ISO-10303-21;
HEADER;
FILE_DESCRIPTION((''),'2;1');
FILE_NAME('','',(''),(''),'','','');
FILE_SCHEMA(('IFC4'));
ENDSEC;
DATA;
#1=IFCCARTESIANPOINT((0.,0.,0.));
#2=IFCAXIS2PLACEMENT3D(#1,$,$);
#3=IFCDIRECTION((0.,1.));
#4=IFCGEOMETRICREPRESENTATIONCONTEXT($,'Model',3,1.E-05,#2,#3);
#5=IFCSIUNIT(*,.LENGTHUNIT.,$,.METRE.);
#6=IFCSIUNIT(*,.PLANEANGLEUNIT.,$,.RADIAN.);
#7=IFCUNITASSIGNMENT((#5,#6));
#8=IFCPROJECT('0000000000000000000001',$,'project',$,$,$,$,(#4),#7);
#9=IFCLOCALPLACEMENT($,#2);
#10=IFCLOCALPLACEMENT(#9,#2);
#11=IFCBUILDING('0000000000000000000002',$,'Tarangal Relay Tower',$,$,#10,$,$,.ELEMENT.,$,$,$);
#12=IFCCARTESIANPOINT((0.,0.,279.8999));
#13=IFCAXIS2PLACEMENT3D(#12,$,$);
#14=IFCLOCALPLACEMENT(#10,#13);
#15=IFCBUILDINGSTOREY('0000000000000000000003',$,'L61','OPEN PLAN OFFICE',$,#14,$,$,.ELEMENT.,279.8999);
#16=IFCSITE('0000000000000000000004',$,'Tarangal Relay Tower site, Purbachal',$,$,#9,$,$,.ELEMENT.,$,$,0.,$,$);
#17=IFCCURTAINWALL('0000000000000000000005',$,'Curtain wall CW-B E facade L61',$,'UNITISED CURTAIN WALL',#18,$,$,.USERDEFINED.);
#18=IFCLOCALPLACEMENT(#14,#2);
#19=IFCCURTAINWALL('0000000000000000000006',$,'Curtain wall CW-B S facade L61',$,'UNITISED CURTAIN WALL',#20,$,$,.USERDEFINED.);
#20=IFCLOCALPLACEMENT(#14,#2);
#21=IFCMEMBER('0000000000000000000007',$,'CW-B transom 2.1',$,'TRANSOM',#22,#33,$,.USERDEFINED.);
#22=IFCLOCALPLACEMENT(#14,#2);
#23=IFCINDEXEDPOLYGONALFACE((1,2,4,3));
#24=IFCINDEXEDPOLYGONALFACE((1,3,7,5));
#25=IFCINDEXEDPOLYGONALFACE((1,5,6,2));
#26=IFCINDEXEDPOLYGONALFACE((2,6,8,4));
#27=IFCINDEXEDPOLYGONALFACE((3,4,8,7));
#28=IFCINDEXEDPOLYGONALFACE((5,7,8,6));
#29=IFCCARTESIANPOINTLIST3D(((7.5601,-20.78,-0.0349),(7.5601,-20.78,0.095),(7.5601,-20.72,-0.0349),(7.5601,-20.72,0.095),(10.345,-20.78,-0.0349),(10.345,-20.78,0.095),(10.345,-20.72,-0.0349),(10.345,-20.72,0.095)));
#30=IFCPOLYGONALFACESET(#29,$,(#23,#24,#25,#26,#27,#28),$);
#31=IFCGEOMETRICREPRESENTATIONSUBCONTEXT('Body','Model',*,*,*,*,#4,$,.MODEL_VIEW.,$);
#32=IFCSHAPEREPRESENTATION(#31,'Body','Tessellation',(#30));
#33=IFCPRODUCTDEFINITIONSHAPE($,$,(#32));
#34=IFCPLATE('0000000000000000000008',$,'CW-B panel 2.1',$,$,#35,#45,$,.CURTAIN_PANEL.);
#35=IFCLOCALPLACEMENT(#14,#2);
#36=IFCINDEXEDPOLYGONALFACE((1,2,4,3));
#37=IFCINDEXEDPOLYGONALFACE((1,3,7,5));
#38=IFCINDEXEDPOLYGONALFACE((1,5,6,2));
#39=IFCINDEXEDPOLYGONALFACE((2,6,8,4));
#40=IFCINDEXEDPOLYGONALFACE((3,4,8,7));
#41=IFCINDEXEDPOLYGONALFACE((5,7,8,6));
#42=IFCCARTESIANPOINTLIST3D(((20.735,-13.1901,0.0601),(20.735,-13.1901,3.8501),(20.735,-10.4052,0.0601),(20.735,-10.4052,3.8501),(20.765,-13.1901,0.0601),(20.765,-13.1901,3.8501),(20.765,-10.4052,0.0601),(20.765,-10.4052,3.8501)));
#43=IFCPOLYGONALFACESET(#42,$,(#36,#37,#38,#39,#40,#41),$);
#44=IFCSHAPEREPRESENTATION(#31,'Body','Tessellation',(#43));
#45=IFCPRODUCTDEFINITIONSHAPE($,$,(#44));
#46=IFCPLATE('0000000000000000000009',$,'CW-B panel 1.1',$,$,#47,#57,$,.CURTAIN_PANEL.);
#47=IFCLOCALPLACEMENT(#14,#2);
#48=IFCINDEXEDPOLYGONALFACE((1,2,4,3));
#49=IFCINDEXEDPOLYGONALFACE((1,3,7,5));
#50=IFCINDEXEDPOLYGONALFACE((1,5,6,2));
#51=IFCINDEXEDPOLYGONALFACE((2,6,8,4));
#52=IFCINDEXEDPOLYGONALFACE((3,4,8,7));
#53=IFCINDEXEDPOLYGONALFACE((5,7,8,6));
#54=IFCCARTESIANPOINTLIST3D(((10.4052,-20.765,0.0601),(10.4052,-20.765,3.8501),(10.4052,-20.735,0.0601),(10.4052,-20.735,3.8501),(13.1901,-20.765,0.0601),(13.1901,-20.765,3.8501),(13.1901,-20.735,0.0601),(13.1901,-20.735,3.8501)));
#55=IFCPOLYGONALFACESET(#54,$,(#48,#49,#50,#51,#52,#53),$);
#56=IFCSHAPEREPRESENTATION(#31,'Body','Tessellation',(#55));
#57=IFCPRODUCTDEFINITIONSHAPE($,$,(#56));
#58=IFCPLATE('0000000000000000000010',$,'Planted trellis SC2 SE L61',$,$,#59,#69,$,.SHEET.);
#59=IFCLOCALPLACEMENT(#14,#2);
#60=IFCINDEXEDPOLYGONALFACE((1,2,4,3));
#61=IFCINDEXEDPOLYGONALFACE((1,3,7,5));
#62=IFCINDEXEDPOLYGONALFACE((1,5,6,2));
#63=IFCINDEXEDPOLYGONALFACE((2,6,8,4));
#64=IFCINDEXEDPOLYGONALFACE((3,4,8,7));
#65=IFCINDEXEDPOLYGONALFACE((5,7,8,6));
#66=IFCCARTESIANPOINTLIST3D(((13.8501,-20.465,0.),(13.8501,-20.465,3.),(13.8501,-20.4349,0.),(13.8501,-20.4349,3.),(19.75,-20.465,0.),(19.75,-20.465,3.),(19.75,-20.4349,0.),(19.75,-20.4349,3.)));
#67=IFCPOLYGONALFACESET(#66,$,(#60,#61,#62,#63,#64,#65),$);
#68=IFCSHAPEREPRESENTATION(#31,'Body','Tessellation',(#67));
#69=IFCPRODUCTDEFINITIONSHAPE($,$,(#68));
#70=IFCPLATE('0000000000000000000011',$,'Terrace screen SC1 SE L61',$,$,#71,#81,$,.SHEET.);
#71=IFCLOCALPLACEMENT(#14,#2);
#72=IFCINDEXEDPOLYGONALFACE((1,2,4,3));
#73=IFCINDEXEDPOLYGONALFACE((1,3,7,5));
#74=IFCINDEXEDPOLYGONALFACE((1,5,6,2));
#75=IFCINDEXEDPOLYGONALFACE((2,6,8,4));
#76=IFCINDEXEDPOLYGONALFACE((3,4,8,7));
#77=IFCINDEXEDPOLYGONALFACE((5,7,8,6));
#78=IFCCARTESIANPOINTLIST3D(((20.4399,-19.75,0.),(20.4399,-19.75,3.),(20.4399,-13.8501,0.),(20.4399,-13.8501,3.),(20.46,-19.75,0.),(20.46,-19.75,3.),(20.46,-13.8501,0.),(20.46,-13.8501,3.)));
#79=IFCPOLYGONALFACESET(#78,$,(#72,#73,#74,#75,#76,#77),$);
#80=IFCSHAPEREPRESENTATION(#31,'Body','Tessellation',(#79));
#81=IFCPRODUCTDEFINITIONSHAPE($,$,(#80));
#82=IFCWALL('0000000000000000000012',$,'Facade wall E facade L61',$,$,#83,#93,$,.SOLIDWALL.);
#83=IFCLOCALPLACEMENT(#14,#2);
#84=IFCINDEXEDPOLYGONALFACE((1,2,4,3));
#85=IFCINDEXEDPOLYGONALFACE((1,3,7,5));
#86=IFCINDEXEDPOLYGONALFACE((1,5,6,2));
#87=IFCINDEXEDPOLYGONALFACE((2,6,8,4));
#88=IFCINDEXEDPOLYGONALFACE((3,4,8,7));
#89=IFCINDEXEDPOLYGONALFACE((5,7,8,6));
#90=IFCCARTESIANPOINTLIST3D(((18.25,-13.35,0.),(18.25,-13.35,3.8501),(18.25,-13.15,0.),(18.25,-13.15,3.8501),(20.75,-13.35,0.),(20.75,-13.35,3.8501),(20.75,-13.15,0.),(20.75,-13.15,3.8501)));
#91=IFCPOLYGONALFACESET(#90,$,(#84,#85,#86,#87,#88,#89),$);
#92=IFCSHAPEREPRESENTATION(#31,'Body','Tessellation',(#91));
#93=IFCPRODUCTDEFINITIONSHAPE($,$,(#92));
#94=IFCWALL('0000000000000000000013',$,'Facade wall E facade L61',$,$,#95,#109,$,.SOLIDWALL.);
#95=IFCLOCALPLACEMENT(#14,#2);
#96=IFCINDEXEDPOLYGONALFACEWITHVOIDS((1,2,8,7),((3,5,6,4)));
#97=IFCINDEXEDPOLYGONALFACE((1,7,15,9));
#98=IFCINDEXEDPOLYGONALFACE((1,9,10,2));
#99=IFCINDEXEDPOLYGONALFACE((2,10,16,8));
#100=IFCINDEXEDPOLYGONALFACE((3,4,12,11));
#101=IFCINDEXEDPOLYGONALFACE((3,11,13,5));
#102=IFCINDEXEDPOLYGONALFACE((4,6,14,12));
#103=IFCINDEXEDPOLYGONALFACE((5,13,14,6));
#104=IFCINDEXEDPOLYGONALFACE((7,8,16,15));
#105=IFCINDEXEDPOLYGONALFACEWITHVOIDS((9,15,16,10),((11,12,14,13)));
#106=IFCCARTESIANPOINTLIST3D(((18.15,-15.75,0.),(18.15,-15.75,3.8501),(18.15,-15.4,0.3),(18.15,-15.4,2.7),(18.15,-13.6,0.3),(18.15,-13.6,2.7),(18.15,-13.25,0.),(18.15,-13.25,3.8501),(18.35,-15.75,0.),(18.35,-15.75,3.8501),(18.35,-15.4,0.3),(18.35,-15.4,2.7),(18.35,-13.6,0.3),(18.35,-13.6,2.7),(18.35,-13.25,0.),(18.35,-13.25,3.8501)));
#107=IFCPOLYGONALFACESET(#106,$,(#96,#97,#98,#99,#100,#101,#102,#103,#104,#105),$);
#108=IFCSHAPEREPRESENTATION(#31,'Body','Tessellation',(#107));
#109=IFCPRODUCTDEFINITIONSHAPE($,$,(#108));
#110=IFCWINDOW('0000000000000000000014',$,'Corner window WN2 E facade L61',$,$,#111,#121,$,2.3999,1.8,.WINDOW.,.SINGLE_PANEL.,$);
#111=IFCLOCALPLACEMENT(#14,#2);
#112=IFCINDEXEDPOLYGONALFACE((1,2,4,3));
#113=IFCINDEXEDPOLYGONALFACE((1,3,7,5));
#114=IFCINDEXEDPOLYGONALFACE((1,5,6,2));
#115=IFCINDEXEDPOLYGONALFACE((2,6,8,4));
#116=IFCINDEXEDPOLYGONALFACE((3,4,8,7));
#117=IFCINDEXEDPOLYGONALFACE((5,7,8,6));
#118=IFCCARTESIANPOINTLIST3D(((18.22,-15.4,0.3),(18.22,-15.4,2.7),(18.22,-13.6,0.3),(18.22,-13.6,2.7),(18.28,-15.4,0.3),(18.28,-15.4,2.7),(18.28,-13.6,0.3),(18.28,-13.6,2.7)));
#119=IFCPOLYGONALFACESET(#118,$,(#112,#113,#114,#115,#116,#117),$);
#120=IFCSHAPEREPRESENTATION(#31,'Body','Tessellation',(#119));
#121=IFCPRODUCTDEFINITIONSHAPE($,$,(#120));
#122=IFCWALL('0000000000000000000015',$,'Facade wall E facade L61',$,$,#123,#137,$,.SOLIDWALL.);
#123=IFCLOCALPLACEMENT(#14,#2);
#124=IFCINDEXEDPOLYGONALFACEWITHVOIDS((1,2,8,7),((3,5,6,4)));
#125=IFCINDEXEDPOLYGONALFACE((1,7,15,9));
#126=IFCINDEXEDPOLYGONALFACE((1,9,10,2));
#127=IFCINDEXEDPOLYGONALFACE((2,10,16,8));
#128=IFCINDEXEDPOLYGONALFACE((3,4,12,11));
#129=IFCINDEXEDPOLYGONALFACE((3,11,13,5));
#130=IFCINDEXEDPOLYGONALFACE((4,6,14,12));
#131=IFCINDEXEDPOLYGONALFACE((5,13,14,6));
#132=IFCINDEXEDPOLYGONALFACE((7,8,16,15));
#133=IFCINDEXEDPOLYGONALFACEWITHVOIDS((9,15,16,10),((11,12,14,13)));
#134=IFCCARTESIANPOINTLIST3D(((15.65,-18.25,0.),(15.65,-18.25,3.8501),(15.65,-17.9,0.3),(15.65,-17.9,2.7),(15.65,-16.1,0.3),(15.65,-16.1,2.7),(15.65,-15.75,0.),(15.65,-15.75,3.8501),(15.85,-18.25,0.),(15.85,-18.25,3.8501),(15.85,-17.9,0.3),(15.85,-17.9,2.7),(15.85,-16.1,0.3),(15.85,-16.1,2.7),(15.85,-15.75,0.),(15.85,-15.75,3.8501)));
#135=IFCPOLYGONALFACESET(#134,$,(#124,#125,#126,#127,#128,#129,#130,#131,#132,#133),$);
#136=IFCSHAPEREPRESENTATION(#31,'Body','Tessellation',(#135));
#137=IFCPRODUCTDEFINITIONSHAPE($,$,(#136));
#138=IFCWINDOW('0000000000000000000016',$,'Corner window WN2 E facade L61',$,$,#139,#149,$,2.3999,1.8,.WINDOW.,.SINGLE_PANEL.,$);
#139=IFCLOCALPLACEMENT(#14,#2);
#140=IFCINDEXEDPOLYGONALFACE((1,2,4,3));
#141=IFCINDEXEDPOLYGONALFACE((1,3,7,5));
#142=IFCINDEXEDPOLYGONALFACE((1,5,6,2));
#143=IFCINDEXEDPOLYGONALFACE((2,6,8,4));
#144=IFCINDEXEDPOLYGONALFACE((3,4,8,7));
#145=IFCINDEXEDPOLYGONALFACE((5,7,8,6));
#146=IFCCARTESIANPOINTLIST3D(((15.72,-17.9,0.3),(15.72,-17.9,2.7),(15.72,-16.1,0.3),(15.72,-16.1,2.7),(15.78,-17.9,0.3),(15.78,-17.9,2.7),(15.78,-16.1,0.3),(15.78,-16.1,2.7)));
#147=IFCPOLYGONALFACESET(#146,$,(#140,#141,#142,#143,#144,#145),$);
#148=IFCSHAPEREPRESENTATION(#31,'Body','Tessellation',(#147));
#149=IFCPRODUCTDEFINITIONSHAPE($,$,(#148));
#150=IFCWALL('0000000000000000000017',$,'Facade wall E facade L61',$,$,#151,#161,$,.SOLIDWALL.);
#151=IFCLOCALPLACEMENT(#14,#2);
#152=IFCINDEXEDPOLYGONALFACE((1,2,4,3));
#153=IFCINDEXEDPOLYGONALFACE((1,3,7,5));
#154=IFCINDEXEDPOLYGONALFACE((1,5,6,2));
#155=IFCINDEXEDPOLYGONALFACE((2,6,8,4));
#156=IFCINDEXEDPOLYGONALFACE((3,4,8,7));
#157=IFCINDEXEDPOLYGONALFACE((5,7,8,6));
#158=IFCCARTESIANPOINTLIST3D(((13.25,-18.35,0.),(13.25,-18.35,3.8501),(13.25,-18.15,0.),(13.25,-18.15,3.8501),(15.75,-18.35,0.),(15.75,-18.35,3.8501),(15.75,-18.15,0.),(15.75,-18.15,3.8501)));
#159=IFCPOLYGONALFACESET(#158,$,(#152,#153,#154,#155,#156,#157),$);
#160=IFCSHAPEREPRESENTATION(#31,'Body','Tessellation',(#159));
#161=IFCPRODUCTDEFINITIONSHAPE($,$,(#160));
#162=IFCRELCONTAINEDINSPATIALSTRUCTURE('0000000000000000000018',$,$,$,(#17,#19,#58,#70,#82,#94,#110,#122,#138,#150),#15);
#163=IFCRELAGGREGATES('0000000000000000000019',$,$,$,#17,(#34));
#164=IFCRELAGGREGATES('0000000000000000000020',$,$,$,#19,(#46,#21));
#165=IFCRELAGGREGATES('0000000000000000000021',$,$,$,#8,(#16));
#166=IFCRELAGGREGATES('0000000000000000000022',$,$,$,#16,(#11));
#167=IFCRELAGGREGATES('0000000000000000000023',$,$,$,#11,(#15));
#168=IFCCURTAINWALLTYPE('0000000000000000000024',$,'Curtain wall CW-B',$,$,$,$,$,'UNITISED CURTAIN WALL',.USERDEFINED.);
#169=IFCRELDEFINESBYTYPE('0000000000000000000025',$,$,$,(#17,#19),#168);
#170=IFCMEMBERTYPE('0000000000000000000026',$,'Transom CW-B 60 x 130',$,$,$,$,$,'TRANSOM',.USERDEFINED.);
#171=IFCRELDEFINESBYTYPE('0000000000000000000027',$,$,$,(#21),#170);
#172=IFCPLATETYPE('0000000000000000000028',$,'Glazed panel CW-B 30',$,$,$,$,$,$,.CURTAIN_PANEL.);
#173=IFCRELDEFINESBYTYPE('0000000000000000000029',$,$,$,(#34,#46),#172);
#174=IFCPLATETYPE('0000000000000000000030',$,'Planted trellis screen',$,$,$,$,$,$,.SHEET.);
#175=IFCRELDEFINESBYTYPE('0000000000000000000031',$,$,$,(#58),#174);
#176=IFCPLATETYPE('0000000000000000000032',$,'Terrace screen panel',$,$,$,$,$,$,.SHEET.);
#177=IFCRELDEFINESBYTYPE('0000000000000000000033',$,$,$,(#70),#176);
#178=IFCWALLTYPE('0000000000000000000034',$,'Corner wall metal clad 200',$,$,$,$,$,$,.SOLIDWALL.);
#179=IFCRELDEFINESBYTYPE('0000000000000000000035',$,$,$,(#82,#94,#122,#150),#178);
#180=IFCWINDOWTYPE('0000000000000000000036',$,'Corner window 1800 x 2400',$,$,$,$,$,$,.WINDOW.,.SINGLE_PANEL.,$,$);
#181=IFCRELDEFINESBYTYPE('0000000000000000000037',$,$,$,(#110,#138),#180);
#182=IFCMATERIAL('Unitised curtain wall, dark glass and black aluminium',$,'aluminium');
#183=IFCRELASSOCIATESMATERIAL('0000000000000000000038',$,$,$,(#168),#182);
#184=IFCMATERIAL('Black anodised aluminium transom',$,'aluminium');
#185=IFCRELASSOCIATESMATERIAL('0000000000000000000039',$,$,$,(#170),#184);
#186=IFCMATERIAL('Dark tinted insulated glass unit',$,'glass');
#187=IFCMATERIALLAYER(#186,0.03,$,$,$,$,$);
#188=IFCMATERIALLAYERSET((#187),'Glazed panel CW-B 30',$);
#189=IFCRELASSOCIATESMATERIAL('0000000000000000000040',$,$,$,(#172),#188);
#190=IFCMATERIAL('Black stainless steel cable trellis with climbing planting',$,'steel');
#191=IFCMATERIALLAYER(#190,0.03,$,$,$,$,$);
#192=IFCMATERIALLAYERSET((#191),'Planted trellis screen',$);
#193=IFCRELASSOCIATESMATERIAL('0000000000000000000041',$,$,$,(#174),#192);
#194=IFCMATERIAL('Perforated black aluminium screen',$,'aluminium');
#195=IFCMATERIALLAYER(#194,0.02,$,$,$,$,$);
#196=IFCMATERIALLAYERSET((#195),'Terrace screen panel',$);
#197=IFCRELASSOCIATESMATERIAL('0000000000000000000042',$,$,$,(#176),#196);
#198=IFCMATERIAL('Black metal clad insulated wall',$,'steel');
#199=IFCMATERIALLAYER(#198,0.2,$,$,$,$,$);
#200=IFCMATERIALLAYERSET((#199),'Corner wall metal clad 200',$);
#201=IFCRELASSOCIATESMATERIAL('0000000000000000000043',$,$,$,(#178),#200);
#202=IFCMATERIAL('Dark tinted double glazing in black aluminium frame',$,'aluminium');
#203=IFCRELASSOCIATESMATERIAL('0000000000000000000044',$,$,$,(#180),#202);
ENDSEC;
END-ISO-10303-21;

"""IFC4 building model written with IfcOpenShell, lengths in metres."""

from ifc_helpers import new_model, si_unit, direction, frame, frame_2d, origin, origin_2d, place, context, subcontext, project, spatial, rectangle, extrude, material, layer, layer_set, material_profile, profile_set, type_object, element, fill, aggregate, save


model = new_model("IFC4")

# Units and contexts
model_context = context("Model", 3, precision=1e-05, world=origin(), true_north=direction((0.0, 1.0)))
body_context = subcontext(model_context, "Body", "Model", "MODEL_VIEW")
ifc_project = project(units=[si_unit("LENGTHUNIT", "METRE"), si_unit("PLANEANGLEUNIT", "RADIAN")], contexts=[model_context])

# Site, building, storey
site_placement = place(None, origin())
site = spatial("IfcSite", under=ifc_project, at=site_placement, Name="Tarangal Relay Tower site, Purbachal", CompositionType="ELEMENT", RefElevation=0.0)
building_placement = place(site_placement, origin())
building = spatial("IfcBuilding", under=site, at=building_placement, Name="Tarangal Relay Tower", CompositionType="ELEMENT")
storey_placement = place(building_placement, frame((0.0, 0.0, 279.8999)))
storey = spatial("IfcBuildingStorey", under=building, at=storey_placement, Name="L61", Description="OPEN PLAN OFFICE", CompositionType="ELEMENT", Elevation=279.8999)

# Curtain wall
ifc_material_1 = material(Name="Unitised curtain wall, dark glass and black aluminium", Category="aluminium")
curtain_wall_type = type_object("IfcCurtainWallType", Name="Curtain wall CW-B", ElementType="UNITISED CURTAIN WALL", PredefinedType="USERDEFINED", material=ifc_material_1)
curtain_wall_1_placement = place(storey_placement, origin())
curtain_wall_1 = element("IfcCurtainWall", 1, at=curtain_wall_1_placement, inside=storey, type_object=curtain_wall_type, Name="Curtain wall CW-B E facade L61", ObjectType="UNITISED CURTAIN WALL", PredefinedType="USERDEFINED")

# Curtain wall, member
curtain_wall_2_placement = place(storey_placement, origin())
curtain_wall_2 = element("IfcCurtainWall", 2, at=curtain_wall_2_placement, inside=storey, type_object=curtain_wall_type, Name="Curtain wall CW-B S facade L61", ObjectType="UNITISED CURTAIN WALL", PredefinedType="USERDEFINED")
ifc_material_2 = material(Name="Black anodised aluminium transom", Category="aluminium")
ifc_material_profile_1 = material_profile(ifc_material_2, rectangle(XDim=0.0601, YDim=0.1299, at=origin_2d()), Name="CW-BT 60X130")
ifc_profile_set_1 = profile_set([ifc_material_profile_1], Name="Black anodised aluminium transom")
member_type_1 = type_object("IfcMemberType", Name="Transom CW-B 60 x 130", ElementType="TRANSOM", PredefinedType="USERDEFINED", material=ifc_profile_set_1)
member_1_placement = place(storey_placement, frame((10.345, -20.75, 0.03), z_axis=(-1.0, 0.0, 0.0), x_axis=(0.0, -1.0, 0.0)))
member_1 = element("IfcMember", 3, at=member_1_placement, type_object=member_type_1, Name="CW-B transom 2.1", ObjectType="TRANSOM", PredefinedType="USERDEFINED", context=body_context, shape_type="SweptSolid", body=[
    extrude(rectangle(XDim=0.0601, YDim=0.1299, at=origin_2d()), origin(), (0.0, 0.0, 1.0), 2.7849),
])

# Plates
ifc_material_3 = material(Name="Dark tinted insulated glass unit", Category="glass")
ifc_layer_1 = layer(ifc_material_3, 0.03)
ifc_layer_set_1 = layer_set([ifc_layer_1], Name="Glazed panel CW-B 30")
plate_type_1 = type_object("IfcPlateType", Name="Glazed panel CW-B 30", PredefinedType="CURTAIN_PANEL", material=ifc_layer_set_1)
plate_1_placement = place(storey_placement, frame((20.75, -11.7976, 0.0601), z_axis=(0.0, 0.0, 1.0), x_axis=(0.0, -1.0, 0.0)))
plate_1 = element("IfcPlate", 4, at=plate_1_placement, type_object=plate_type_1, Name="CW-B panel 2.1", PredefinedType="CURTAIN_PANEL", context=body_context, shape_type="SweptSolid", body=[
    extrude(rectangle(XDim=2.7849, YDim=0.03, at=origin_2d()), origin(), (0.0, 0.0, 1.0), 3.79),
])
aggregate(curtain_wall_1, [plate_1])
plate_2_placement = place(storey_placement, frame((11.7976, -20.75, 0.0601), z_axis=(0.0, 0.0, 1.0), x_axis=(-1.0, 0.0, 0.0)))
plate_2 = element("IfcPlate", 5, at=plate_2_placement, type_object=plate_type_1, Name="CW-B panel 1.1", PredefinedType="CURTAIN_PANEL", context=body_context, shape_type="SweptSolid", body=[
    extrude(rectangle(XDim=2.7849, YDim=0.03, at=origin_2d()), origin(), (0.0, 0.0, 1.0), 3.79),
])
aggregate(curtain_wall_2, [plate_2, member_1])

# Plates
ifc_material_4 = material(Name="Black stainless steel cable trellis with climbing planting", Category="steel")
ifc_layer_2 = layer(ifc_material_4, 0.03)
ifc_layer_set_2 = layer_set([ifc_layer_2], Name="Planted trellis screen")
plate_type_2 = type_object("IfcPlateType", Name="Planted trellis screen", PredefinedType="SHEET", material=ifc_layer_set_2)
plate_3_placement = place(storey_placement, frame((16.8, -20.45, 0.0), z_axis=(0.0, 0.0, 1.0), x_axis=(-1.0, 0.0, 0.0)))
element("IfcPlate", 6, at=plate_3_placement, inside=storey, type_object=plate_type_2, Name="Planted trellis SC2 SE L61", PredefinedType="SHEET", context=body_context, shape_type="SweptSolid", body=[
    extrude(rectangle(XDim=5.8999, YDim=0.03, at=origin_2d()), origin(), (0.0, 0.0, 1.0), 3.0),
])
ifc_material_5 = material(Name="Perforated black aluminium screen", Category="aluminium")
ifc_layer_3 = layer(ifc_material_5, 0.02)
ifc_layer_set_3 = layer_set([ifc_layer_3], Name="Terrace screen panel")
plate_type_3 = type_object("IfcPlateType", Name="Terrace screen panel", PredefinedType="SHEET", material=ifc_layer_set_3)
plate_4_placement = place(storey_placement, frame((20.45, -16.8, 0.0), z_axis=(0.0, 0.0, 1.0), x_axis=(0.0, -1.0, 0.0)))
element("IfcPlate", 7, at=plate_4_placement, inside=storey, type_object=plate_type_3, Name="Terrace screen SC1 SE L61", PredefinedType="SHEET", context=body_context, shape_type="SweptSolid", body=[
    extrude(rectangle(XDim=5.8999, YDim=0.02, at=origin_2d()), origin(), (0.0, 0.0, 1.0), 3.0),
])

# Wall
ifc_material_6 = material(Name="Black metal clad insulated wall", Category="steel")
ifc_layer_4 = layer(ifc_material_6, 0.2)
ifc_layer_set_4 = layer_set([ifc_layer_4], Name="Corner wall metal clad 200")
wall_type_1 = type_object("IfcWallType", Name="Corner wall metal clad 200", PredefinedType="SOLIDWALL", material=ifc_layer_set_4)
wall_1_placement = place(storey_placement, frame((20.75, -13.25, 0.0), z_axis=(0.0, 0.0, 1.0), x_axis=(-1.0, 0.0, 0.0)))
element("IfcWall", 8, at=wall_1_placement, inside=storey, type_object=wall_type_1, Name="Facade wall E facade L61", PredefinedType="SOLIDWALL", context=body_context, shape_type="SweptSolid", body=[
    extrude(rectangle(XDim=2.5, YDim=0.2, at=frame_2d((1.25, 0.0))), origin(), (0.0, 0.0, 1.0), 3.8501),
])

# Wall, opening, window
wall_2_placement = place(storey_placement, frame((18.25, -13.25, 0.0), z_axis=(0.0, 0.0, 1.0), x_axis=(0.0, -1.0, 0.0)))
wall_2 = element("IfcWall", 9, at=wall_2_placement, inside=storey, type_object=wall_type_1, Name="Facade wall E facade L61", PredefinedType="SOLIDWALL", context=body_context, shape_type="SweptSolid", body=[
    extrude(rectangle(XDim=2.5, YDim=0.2, at=frame_2d((1.25, 0.0))), origin(), (0.0, 0.0, 1.0), 3.8501),
])
opening_1_placement = place(wall_2_placement, frame((0.3501, 0.0, 0.3)))
opening_1 = element("IfcOpeningElement", 10, at=opening_1_placement, cuts=wall_2, PredefinedType="OPENING", context=body_context, shape_type="SweptSolid", body=[
    extrude(rectangle(XDim=1.8, YDim=2.3999, at=frame_2d((0.8999, 1.2))), frame((0.0, 0.1099, 0.0), z_axis=(0.0, -1.0, 0.0), x_axis=(1.0, 0.0, 0.0)), (0.0, 0.0, 1.0), 0.22),
])
ifc_material_7 = material(Name="Dark tinted double glazing in black aluminium frame", Category="aluminium")
window_type = type_object("IfcWindowType", Name="Corner window 1800 x 2400", PartitioningType="SINGLE_PANEL", PredefinedType="WINDOW", material=ifc_material_7)
window_1_placement = place(opening_1_placement, origin())
window_1 = element("IfcWindow", 11, at=window_1_placement, inside=storey, type_object=window_type, Name="Corner window WN2 E facade L61", OverallHeight=2.3999, OverallWidth=1.8, PartitioningType="SINGLE_PANEL", PredefinedType="WINDOW", context=body_context, shape_type="SweptSolid", body=[
    extrude(rectangle(XDim=1.8, YDim=2.3999, at=frame_2d((0.8999, 1.2))), frame((0.0, 0.03, 0.0), z_axis=(0.0, -1.0, 0.0), x_axis=(1.0, 0.0, 0.0)), (0.0, 0.0, 1.0), 0.0601),
])
fill(opening_1, window_1)

# Wall, opening, window
wall_3_placement = place(storey_placement, frame((15.75, -15.75, 0.0), z_axis=(0.0, 0.0, 1.0), x_axis=(0.0, -1.0, 0.0)))
wall_3 = element("IfcWall", 12, at=wall_3_placement, inside=storey, type_object=wall_type_1, Name="Facade wall E facade L61", PredefinedType="SOLIDWALL", context=body_context, shape_type="SweptSolid", body=[
    extrude(rectangle(XDim=2.5, YDim=0.2, at=frame_2d((1.25, 0.0))), origin(), (0.0, 0.0, 1.0), 3.8501),
])
opening_2_placement = place(wall_3_placement, frame((0.3501, 0.0, 0.3)))
opening_2 = element("IfcOpeningElement", 13, at=opening_2_placement, cuts=wall_3, PredefinedType="OPENING", context=body_context, shape_type="SweptSolid", body=[
    extrude(rectangle(XDim=1.8, YDim=2.3999, at=frame_2d((0.8999, 1.2))), frame((0.0, 0.1099, 0.0), z_axis=(0.0, -1.0, 0.0), x_axis=(1.0, 0.0, 0.0)), (0.0, 0.0, 1.0), 0.22),
])
window_2_placement = place(opening_2_placement, origin())
window_2 = element("IfcWindow", 14, at=window_2_placement, inside=storey, type_object=window_type, Name="Corner window WN2 E facade L61", OverallHeight=2.3999, OverallWidth=1.8, PartitioningType="SINGLE_PANEL", PredefinedType="WINDOW", context=body_context, shape_type="SweptSolid", body=[
    extrude(rectangle(XDim=1.8, YDim=2.3999, at=frame_2d((0.8999, 1.2))), frame((0.0, 0.03, 0.0), z_axis=(0.0, -1.0, 0.0), x_axis=(1.0, 0.0, 0.0)), (0.0, 0.0, 1.0), 0.0601),
])
fill(opening_2, window_2)

# Wall
wall_4_placement = place(storey_placement, frame((15.75, -18.25, 0.0), z_axis=(0.0, 0.0, 1.0), x_axis=(-1.0, 0.0, 0.0)))
element("IfcWall", 15, at=wall_4_placement, inside=storey, type_object=wall_type_1, Name="Facade wall E facade L61", PredefinedType="SOLIDWALL", context=body_context, shape_type="SweptSolid", body=[
    extrude(rectangle(XDim=2.5, YDim=0.2, at=frame_2d((1.25, 0.0))), origin(), (0.0, 0.0, 1.0), 3.8501),
])

save(model, "model.ifc")
